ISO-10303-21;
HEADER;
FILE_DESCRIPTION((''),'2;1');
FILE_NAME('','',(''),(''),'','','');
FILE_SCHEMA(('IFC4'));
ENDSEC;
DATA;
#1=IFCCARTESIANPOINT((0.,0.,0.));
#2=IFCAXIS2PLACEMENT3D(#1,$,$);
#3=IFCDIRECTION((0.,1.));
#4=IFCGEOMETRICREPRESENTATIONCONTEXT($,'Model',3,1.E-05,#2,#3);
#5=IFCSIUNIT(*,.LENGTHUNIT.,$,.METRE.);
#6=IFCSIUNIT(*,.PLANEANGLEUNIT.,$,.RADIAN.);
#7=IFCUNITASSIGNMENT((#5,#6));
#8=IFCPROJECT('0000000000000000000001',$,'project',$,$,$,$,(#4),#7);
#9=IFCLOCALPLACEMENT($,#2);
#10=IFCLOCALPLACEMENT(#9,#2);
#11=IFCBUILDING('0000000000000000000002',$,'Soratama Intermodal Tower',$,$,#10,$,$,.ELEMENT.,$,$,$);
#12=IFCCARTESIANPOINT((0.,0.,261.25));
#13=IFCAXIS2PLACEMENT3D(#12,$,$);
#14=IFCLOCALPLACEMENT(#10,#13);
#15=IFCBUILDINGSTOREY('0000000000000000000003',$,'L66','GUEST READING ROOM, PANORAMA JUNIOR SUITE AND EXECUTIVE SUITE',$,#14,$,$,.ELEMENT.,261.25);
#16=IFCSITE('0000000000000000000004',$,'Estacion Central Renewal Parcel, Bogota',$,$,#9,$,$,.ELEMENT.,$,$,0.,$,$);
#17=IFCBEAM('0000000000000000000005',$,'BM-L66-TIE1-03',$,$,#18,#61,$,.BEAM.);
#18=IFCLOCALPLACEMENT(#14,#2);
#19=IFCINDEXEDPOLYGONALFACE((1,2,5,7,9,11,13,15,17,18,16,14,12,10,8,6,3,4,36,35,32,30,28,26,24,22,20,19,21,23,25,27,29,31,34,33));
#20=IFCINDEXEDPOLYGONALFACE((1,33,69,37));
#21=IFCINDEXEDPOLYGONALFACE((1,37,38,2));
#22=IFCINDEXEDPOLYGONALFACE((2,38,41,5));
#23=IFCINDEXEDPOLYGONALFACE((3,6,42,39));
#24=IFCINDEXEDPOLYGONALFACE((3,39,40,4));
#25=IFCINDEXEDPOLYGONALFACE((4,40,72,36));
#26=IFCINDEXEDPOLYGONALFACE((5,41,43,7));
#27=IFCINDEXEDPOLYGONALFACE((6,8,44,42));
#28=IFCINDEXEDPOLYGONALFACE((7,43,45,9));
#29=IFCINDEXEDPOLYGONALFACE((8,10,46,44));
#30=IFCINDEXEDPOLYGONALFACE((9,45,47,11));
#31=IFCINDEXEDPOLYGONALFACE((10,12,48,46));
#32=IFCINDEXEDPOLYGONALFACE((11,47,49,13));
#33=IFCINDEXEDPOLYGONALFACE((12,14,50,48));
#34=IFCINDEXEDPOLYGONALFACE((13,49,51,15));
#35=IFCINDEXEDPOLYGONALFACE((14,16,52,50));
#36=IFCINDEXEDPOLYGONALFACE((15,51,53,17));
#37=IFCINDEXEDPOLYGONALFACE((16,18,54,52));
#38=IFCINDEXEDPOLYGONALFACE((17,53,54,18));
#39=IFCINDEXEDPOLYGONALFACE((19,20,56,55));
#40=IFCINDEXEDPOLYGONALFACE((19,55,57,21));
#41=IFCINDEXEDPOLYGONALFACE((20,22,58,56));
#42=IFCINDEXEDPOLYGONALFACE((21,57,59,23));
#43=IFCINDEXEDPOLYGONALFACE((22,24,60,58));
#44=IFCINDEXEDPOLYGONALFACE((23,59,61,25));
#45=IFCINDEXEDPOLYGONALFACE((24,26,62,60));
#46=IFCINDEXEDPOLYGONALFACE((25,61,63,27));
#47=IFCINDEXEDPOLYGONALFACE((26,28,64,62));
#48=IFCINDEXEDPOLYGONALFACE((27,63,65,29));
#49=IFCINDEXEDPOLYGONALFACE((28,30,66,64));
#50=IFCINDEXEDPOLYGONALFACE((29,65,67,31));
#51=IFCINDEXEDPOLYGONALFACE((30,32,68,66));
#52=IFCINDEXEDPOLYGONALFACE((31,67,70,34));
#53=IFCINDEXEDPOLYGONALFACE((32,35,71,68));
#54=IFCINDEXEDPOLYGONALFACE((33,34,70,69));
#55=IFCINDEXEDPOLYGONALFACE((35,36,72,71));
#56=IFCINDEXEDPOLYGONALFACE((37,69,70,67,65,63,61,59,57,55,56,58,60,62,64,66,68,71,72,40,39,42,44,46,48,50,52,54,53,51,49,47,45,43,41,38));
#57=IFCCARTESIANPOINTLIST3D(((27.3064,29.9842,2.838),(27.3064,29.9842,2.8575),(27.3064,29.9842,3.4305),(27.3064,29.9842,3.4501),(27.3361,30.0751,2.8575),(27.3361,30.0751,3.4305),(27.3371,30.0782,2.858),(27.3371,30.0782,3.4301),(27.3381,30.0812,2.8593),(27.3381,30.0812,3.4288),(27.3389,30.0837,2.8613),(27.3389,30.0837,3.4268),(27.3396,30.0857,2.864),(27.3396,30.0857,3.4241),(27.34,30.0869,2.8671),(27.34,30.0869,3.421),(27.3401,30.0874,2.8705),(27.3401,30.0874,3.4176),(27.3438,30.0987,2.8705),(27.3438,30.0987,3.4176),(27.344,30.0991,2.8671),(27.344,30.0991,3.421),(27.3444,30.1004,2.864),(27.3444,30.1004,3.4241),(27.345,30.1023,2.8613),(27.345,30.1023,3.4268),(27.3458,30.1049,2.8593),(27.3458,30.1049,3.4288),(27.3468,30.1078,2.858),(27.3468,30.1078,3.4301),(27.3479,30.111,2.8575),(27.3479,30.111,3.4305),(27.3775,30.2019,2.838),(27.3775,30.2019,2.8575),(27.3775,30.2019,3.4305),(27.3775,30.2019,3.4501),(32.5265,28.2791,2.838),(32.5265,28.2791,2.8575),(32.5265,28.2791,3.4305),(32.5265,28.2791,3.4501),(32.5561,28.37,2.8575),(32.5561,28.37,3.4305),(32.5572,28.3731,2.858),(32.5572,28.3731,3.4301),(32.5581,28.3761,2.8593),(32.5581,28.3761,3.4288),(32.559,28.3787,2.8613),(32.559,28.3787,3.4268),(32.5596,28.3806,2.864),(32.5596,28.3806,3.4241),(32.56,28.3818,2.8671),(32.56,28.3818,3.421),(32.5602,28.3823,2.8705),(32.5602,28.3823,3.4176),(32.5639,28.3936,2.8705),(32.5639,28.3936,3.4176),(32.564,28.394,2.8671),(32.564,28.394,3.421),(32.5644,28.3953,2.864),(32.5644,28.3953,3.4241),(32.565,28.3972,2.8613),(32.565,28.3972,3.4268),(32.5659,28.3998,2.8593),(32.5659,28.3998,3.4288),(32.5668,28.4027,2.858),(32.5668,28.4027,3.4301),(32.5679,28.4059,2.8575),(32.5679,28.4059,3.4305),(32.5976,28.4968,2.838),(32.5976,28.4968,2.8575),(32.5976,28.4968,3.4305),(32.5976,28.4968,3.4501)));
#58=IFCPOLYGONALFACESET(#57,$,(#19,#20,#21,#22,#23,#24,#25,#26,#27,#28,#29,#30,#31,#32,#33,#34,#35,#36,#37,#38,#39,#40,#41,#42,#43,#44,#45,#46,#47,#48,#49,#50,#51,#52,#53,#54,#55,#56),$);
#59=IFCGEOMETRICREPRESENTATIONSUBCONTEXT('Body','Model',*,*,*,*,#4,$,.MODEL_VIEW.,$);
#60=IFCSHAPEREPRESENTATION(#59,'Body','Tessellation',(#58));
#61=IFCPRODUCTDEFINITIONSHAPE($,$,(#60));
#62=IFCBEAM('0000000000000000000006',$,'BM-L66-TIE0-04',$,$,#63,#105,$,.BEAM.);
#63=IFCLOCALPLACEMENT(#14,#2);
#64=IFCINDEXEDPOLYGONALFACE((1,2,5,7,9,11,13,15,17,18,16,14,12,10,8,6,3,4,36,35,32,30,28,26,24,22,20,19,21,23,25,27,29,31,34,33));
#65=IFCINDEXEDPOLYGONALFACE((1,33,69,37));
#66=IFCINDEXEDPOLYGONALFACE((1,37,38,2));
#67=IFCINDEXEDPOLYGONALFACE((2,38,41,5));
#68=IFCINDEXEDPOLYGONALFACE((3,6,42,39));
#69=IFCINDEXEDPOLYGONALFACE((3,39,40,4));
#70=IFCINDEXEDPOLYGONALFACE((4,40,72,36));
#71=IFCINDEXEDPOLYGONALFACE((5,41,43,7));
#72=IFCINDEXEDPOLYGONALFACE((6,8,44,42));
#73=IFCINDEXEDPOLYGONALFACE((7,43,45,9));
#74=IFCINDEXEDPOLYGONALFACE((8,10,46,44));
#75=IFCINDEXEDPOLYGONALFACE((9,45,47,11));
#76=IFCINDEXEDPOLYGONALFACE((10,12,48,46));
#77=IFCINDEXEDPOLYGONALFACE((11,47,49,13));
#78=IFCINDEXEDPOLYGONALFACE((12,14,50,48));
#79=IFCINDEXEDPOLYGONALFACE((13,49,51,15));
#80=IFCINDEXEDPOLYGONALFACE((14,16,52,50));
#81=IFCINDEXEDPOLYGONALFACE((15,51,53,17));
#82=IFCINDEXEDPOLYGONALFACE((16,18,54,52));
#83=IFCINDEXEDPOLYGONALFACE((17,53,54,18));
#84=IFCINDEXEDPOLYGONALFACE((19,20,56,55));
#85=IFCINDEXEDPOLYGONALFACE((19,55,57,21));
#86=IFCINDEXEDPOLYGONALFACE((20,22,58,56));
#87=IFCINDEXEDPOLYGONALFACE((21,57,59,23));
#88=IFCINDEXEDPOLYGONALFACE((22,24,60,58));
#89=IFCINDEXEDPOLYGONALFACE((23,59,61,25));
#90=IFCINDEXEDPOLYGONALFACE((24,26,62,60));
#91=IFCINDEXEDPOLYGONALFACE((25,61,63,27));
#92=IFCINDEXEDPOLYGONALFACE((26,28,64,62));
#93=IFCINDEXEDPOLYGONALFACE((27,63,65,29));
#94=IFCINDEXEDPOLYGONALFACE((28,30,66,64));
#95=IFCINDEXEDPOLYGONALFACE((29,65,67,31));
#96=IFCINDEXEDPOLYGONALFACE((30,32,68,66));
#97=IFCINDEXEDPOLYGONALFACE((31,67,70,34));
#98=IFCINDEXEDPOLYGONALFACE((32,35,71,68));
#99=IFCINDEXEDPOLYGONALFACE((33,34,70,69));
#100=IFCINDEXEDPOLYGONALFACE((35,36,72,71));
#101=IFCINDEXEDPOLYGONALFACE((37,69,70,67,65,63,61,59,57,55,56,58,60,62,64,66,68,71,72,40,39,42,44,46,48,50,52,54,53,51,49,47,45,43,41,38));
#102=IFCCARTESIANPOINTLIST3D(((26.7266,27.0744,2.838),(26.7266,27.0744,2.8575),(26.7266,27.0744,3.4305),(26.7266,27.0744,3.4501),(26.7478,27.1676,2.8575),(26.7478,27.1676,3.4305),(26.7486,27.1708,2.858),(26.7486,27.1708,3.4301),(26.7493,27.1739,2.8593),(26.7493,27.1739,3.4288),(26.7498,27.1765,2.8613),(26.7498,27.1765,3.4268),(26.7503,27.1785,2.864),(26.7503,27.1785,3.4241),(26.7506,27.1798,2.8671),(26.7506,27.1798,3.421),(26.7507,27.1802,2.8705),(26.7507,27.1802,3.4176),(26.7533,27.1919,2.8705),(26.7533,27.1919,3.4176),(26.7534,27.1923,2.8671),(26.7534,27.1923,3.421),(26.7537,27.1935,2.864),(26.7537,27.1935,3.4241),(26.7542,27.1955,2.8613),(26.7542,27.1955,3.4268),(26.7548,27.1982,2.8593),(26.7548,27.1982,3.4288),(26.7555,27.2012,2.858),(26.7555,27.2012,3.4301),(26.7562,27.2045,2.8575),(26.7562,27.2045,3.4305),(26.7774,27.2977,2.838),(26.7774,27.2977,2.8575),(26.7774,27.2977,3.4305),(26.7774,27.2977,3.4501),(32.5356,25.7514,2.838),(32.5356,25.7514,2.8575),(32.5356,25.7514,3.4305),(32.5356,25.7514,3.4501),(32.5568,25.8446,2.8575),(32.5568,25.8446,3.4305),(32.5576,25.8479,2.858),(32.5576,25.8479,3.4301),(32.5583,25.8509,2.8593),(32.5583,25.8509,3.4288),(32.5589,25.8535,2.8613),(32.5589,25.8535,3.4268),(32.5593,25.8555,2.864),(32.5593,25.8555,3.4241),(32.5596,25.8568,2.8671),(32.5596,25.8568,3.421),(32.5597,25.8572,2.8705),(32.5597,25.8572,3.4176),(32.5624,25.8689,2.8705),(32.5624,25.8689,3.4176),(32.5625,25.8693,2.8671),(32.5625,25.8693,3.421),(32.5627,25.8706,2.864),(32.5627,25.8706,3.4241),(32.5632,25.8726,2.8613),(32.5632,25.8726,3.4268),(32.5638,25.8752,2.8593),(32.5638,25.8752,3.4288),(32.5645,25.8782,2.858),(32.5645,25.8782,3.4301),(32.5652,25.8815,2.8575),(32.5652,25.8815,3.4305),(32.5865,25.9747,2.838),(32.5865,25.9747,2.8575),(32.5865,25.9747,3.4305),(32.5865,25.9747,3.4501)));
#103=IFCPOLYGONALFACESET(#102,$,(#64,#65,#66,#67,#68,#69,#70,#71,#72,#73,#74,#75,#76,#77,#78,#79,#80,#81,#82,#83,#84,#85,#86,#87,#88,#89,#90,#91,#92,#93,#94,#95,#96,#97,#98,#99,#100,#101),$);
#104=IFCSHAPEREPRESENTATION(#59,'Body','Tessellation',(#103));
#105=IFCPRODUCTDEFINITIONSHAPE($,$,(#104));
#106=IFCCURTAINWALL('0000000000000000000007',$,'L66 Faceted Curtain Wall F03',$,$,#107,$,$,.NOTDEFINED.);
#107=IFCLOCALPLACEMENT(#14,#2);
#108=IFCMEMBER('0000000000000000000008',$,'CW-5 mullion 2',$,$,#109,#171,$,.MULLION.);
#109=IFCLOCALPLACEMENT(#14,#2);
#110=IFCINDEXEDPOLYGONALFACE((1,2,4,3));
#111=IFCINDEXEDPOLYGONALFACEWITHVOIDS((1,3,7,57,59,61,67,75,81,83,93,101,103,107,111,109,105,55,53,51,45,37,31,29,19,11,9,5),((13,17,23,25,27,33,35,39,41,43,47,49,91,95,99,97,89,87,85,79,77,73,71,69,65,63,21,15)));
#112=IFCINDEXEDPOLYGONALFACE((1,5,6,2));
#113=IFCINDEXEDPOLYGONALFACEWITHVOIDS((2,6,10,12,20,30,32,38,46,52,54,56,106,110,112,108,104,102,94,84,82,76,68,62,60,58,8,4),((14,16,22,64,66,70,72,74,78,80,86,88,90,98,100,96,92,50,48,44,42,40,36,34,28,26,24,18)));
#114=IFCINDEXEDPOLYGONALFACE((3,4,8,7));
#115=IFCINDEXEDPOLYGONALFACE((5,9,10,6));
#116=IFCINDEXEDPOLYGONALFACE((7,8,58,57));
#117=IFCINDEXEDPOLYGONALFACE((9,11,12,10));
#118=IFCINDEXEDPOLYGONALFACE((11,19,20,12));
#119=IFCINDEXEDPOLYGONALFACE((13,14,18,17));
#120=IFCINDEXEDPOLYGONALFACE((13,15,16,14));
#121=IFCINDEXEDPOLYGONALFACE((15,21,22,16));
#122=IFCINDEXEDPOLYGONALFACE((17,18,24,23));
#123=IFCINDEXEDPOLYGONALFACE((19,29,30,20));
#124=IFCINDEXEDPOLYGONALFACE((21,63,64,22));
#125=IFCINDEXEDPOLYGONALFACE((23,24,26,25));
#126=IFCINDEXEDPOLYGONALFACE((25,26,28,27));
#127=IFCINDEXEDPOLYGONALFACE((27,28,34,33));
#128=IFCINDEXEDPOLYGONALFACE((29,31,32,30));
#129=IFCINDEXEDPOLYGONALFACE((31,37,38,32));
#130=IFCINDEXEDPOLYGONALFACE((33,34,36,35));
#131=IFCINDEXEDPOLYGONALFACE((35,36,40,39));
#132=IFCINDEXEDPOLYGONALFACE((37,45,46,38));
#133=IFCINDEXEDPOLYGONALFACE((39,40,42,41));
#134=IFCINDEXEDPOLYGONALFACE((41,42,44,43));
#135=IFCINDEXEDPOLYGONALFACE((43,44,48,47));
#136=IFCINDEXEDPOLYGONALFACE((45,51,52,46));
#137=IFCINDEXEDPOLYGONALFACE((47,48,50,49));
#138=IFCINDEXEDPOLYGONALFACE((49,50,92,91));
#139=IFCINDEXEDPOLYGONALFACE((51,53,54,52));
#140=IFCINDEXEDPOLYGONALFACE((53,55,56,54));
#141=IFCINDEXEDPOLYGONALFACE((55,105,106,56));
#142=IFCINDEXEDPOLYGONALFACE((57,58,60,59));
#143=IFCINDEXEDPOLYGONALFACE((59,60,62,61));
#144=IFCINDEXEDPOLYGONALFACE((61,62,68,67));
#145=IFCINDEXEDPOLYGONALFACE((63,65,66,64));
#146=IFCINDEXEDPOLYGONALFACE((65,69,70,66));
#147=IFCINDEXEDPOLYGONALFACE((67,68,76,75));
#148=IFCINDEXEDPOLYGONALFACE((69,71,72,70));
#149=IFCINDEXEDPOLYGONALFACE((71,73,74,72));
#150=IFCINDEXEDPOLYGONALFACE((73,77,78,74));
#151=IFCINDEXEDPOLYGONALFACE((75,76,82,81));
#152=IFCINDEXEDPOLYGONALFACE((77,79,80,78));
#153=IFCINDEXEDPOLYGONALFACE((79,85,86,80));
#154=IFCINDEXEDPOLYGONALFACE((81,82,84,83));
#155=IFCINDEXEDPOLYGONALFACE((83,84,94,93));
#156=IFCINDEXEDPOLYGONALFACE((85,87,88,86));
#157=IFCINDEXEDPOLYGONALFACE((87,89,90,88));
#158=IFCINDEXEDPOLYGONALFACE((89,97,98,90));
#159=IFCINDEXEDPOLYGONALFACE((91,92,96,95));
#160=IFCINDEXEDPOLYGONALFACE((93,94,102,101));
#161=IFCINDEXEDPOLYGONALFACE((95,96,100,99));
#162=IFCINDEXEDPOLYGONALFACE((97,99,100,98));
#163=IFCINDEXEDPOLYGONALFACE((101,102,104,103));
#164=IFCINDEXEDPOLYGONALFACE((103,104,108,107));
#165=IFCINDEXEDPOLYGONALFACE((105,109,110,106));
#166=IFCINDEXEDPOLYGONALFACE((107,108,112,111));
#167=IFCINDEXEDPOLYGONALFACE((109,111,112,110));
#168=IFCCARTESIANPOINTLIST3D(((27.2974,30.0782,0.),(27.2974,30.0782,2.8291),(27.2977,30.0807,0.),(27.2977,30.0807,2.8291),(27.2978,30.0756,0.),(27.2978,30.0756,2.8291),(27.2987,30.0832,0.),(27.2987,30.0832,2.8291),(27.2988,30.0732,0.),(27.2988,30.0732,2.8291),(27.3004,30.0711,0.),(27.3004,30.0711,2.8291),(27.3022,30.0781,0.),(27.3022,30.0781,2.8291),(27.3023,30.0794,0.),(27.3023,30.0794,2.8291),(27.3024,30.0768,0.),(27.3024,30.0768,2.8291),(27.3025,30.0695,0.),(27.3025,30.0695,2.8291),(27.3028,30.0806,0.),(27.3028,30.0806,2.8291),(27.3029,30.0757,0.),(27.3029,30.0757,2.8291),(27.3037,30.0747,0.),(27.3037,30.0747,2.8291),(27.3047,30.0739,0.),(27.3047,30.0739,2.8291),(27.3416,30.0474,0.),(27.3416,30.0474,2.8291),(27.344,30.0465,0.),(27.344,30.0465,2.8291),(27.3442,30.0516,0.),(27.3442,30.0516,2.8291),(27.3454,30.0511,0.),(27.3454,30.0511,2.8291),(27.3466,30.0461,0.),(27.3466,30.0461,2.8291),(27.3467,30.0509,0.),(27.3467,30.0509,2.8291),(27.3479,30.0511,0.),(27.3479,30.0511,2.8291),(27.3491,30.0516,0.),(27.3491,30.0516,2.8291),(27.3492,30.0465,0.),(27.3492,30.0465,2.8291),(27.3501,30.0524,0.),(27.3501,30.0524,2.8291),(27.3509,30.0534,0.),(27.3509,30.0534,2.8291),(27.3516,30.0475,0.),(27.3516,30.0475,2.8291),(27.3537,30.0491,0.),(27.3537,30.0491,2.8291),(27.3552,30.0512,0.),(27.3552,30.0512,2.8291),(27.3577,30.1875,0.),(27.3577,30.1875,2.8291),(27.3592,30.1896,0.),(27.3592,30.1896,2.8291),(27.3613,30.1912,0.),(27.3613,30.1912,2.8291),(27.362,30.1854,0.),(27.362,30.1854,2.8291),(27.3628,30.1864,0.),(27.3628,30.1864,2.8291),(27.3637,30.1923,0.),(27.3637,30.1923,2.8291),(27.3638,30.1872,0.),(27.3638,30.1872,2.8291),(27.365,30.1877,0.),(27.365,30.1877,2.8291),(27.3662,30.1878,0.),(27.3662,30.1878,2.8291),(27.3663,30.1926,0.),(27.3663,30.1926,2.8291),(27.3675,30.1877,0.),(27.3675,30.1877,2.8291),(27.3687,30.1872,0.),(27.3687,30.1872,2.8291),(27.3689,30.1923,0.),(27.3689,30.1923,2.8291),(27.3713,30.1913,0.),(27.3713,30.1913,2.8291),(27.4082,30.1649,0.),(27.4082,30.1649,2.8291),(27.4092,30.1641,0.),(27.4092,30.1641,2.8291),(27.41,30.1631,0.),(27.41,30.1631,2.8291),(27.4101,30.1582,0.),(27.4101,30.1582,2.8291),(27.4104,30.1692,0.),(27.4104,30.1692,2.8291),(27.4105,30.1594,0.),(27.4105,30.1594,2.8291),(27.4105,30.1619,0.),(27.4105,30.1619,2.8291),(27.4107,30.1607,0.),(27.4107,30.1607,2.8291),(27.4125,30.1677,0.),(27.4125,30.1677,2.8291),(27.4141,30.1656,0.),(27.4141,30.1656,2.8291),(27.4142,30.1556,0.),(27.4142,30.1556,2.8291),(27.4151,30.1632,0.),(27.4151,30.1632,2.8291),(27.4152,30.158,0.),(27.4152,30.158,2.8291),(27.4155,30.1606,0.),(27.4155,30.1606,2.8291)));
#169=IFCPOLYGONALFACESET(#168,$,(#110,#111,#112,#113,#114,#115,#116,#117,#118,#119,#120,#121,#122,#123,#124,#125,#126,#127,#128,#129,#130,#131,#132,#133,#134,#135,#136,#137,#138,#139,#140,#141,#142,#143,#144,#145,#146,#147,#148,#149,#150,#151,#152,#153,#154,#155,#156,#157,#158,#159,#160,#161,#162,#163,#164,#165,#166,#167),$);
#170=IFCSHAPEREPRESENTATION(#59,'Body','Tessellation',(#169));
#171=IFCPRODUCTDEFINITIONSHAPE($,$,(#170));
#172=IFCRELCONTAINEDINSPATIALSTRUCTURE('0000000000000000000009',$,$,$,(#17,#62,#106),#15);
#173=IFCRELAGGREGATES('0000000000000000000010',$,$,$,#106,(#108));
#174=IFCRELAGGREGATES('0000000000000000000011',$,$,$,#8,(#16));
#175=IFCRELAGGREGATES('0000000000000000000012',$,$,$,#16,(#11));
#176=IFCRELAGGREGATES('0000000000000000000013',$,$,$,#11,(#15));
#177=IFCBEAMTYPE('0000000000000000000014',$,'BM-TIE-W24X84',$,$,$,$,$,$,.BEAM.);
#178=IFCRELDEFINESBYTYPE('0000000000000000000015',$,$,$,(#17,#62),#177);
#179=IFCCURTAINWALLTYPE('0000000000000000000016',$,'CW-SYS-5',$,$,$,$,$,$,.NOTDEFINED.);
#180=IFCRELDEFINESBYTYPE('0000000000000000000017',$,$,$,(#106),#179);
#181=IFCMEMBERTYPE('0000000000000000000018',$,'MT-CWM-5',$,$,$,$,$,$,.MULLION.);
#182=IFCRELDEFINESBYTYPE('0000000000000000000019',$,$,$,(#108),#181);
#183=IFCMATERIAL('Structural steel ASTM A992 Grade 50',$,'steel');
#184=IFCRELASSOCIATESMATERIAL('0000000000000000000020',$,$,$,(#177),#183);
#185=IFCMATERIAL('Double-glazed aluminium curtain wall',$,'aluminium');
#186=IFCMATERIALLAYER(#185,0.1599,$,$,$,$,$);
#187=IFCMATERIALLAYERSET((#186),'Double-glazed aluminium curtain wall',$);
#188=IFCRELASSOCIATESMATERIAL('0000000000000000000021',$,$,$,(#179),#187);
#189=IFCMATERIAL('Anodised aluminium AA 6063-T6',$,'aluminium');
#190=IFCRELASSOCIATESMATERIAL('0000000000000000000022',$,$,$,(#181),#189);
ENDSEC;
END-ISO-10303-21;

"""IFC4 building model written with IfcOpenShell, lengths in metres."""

from ifc_helpers import new_model, si_unit, direction, frame, origin, origin_2d, place, context, subcontext, project, spatial, hollow_rectangle, i_section, extrude, material, layer, layer_set, material_profile, profile_set, type_object, element, aggregate, save


model = new_model("IFC4")

# Units and contexts
model_context = context("Model", 3, precision=1e-05, world=origin(), true_north=direction((0.0, 1.0)))
body_context = subcontext(model_context, "Body", "Model", "MODEL_VIEW")
ifc_project = project(units=[si_unit("LENGTHUNIT", "METRE"), si_unit("PLANEANGLEUNIT", "RADIAN")], contexts=[model_context])

# Site, building, storey
site_placement = place(None, origin())
site = spatial("IfcSite", under=ifc_project, at=site_placement, Name="Estacion Central Renewal Parcel, Bogota", CompositionType="ELEMENT", RefElevation=0.0)
building_placement = place(site_placement, origin())
building = spatial("IfcBuilding", under=site, at=building_placement, Name="Soratama Intermodal Tower", CompositionType="ELEMENT")
storey_placement = place(building_placement, frame((0.0, 0.0, 261.25)))
storey = spatial("IfcBuildingStorey", under=building, at=storey_placement, Name="L66", Description="GUEST READING ROOM, PANORAMA JUNIOR SUITE AND EXECUTIVE SUITE", CompositionType="ELEMENT", Elevation=261.25)

# Beams
ifc_material_1 = material(Name="Structural steel ASTM A992 Grade 50", Category="steel")
ifc_material_profile_1 = material_profile(ifc_material_1, i_section(OverallWidth=0.229, OverallDepth=0.6121, WebThickness=0.012, FlangeThickness=0.0195, FilletRadius=0.0129, at=origin_2d()), Name="W24X84")
ifc_profile_set_1 = profile_set([ifc_material_profile_1], Name="Structural steel ASTM A992 Grade 50")
beam_type_1 = type_object("IfcBeamType", Name="BM-TIE-W24X84", PredefinedType="BEAM", material=ifc_profile_set_1)
beam_1_placement = place(storey_placement, frame((32.562, 28.3879, 3.144), z_axis=(-0.950573, 0.3105, 0.0), x_axis=(-0.3105, -0.950573, 0.0)))
element("IfcBeam", 1, at=beam_1_placement, inside=storey, type_object=beam_type_1, Name="BM-L66-TIE1-03", PredefinedType="BEAM", context=body_context, shape_type="SweptSolid", body=[
    extrude(i_section(OverallWidth=0.229, OverallDepth=0.6121, WebThickness=0.012, FlangeThickness=0.0195, FilletRadius=0.0129, at=origin_2d()), origin(), (0.0, 0.0, 1.0), 5.4915),
])
beam_2_placement = place(storey_placement, frame((32.561, 25.863, 3.144), z_axis=(-0.975033, 0.22206, 0.0), x_axis=(-0.22206, -0.975033, 0.0)))
element("IfcBeam", 2, at=beam_2_placement, inside=storey, type_object=beam_type_1, Name="BM-L66-TIE0-04", PredefinedType="BEAM", context=body_context, shape_type="SweptSolid", body=[
    extrude(i_section(OverallWidth=0.229, OverallDepth=0.6121, WebThickness=0.012, FlangeThickness=0.0195, FilletRadius=0.0129, at=origin_2d()), origin(), (0.0, 0.0, 1.0), 5.9578),
])

# Curtain wall, member
ifc_material_2 = material(Name="Double-glazed aluminium curtain wall", Category="aluminium")
ifc_layer_1 = layer(ifc_material_2, 0.1599)
ifc_layer_set_1 = layer_set([ifc_layer_1], Name="Double-glazed aluminium curtain wall")
curtain_wall_type = type_object("IfcCurtainWallType", Name="CW-SYS-5", PredefinedType="NOTDEFINED", material=ifc_layer_set_1)
curtain_wall_placement = place(storey_placement, origin())
curtain_wall = element("IfcCurtainWall", 3, at=curtain_wall_placement, inside=storey, type_object=curtain_wall_type, Name="L66 Faceted Curtain Wall F03", PredefinedType="NOTDEFINED")
ifc_material_3 = material(Name="Anodised aluminium AA 6063-T6", Category="aluminium")
ifc_material_profile_2 = material_profile(ifc_material_3, hollow_rectangle(XDim=0.0649, YDim=0.1399, WallThickness=0.0049, InnerFilletRadius=0.0049, OuterFilletRadius=0.01, at=origin_2d()), Name="CWM140X65X5")
ifc_profile_set_2 = profile_set([ifc_material_profile_2], Name="Anodised aluminium AA 6063-T6")
member_type = type_object("IfcMemberType", Name="MT-CWM-5", PredefinedType="MULLION", material=ifc_profile_set_2)
member_placement = place(storey_placement, frame((27.3564, 30.1194, 0.0), z_axis=(0.0, 0.0, 1.0), x_axis=(0.870697, -0.49182, 0.0)))
member = element("IfcMember", 4, at=member_placement, type_object=member_type, Name="CW-5 mullion 2", PredefinedType="MULLION", context=body_context, shape_type="SweptSolid", body=[
    extrude(hollow_rectangle(XDim=0.0649, YDim=0.1399, WallThickness=0.0049, InnerFilletRadius=0.0049, OuterFilletRadius=0.01, at=origin_2d()), origin(), (0.0, 0.0, 1.0), 2.8291),
])
aggregate(curtain_wall, [member])

save(model, "model.ifc")
